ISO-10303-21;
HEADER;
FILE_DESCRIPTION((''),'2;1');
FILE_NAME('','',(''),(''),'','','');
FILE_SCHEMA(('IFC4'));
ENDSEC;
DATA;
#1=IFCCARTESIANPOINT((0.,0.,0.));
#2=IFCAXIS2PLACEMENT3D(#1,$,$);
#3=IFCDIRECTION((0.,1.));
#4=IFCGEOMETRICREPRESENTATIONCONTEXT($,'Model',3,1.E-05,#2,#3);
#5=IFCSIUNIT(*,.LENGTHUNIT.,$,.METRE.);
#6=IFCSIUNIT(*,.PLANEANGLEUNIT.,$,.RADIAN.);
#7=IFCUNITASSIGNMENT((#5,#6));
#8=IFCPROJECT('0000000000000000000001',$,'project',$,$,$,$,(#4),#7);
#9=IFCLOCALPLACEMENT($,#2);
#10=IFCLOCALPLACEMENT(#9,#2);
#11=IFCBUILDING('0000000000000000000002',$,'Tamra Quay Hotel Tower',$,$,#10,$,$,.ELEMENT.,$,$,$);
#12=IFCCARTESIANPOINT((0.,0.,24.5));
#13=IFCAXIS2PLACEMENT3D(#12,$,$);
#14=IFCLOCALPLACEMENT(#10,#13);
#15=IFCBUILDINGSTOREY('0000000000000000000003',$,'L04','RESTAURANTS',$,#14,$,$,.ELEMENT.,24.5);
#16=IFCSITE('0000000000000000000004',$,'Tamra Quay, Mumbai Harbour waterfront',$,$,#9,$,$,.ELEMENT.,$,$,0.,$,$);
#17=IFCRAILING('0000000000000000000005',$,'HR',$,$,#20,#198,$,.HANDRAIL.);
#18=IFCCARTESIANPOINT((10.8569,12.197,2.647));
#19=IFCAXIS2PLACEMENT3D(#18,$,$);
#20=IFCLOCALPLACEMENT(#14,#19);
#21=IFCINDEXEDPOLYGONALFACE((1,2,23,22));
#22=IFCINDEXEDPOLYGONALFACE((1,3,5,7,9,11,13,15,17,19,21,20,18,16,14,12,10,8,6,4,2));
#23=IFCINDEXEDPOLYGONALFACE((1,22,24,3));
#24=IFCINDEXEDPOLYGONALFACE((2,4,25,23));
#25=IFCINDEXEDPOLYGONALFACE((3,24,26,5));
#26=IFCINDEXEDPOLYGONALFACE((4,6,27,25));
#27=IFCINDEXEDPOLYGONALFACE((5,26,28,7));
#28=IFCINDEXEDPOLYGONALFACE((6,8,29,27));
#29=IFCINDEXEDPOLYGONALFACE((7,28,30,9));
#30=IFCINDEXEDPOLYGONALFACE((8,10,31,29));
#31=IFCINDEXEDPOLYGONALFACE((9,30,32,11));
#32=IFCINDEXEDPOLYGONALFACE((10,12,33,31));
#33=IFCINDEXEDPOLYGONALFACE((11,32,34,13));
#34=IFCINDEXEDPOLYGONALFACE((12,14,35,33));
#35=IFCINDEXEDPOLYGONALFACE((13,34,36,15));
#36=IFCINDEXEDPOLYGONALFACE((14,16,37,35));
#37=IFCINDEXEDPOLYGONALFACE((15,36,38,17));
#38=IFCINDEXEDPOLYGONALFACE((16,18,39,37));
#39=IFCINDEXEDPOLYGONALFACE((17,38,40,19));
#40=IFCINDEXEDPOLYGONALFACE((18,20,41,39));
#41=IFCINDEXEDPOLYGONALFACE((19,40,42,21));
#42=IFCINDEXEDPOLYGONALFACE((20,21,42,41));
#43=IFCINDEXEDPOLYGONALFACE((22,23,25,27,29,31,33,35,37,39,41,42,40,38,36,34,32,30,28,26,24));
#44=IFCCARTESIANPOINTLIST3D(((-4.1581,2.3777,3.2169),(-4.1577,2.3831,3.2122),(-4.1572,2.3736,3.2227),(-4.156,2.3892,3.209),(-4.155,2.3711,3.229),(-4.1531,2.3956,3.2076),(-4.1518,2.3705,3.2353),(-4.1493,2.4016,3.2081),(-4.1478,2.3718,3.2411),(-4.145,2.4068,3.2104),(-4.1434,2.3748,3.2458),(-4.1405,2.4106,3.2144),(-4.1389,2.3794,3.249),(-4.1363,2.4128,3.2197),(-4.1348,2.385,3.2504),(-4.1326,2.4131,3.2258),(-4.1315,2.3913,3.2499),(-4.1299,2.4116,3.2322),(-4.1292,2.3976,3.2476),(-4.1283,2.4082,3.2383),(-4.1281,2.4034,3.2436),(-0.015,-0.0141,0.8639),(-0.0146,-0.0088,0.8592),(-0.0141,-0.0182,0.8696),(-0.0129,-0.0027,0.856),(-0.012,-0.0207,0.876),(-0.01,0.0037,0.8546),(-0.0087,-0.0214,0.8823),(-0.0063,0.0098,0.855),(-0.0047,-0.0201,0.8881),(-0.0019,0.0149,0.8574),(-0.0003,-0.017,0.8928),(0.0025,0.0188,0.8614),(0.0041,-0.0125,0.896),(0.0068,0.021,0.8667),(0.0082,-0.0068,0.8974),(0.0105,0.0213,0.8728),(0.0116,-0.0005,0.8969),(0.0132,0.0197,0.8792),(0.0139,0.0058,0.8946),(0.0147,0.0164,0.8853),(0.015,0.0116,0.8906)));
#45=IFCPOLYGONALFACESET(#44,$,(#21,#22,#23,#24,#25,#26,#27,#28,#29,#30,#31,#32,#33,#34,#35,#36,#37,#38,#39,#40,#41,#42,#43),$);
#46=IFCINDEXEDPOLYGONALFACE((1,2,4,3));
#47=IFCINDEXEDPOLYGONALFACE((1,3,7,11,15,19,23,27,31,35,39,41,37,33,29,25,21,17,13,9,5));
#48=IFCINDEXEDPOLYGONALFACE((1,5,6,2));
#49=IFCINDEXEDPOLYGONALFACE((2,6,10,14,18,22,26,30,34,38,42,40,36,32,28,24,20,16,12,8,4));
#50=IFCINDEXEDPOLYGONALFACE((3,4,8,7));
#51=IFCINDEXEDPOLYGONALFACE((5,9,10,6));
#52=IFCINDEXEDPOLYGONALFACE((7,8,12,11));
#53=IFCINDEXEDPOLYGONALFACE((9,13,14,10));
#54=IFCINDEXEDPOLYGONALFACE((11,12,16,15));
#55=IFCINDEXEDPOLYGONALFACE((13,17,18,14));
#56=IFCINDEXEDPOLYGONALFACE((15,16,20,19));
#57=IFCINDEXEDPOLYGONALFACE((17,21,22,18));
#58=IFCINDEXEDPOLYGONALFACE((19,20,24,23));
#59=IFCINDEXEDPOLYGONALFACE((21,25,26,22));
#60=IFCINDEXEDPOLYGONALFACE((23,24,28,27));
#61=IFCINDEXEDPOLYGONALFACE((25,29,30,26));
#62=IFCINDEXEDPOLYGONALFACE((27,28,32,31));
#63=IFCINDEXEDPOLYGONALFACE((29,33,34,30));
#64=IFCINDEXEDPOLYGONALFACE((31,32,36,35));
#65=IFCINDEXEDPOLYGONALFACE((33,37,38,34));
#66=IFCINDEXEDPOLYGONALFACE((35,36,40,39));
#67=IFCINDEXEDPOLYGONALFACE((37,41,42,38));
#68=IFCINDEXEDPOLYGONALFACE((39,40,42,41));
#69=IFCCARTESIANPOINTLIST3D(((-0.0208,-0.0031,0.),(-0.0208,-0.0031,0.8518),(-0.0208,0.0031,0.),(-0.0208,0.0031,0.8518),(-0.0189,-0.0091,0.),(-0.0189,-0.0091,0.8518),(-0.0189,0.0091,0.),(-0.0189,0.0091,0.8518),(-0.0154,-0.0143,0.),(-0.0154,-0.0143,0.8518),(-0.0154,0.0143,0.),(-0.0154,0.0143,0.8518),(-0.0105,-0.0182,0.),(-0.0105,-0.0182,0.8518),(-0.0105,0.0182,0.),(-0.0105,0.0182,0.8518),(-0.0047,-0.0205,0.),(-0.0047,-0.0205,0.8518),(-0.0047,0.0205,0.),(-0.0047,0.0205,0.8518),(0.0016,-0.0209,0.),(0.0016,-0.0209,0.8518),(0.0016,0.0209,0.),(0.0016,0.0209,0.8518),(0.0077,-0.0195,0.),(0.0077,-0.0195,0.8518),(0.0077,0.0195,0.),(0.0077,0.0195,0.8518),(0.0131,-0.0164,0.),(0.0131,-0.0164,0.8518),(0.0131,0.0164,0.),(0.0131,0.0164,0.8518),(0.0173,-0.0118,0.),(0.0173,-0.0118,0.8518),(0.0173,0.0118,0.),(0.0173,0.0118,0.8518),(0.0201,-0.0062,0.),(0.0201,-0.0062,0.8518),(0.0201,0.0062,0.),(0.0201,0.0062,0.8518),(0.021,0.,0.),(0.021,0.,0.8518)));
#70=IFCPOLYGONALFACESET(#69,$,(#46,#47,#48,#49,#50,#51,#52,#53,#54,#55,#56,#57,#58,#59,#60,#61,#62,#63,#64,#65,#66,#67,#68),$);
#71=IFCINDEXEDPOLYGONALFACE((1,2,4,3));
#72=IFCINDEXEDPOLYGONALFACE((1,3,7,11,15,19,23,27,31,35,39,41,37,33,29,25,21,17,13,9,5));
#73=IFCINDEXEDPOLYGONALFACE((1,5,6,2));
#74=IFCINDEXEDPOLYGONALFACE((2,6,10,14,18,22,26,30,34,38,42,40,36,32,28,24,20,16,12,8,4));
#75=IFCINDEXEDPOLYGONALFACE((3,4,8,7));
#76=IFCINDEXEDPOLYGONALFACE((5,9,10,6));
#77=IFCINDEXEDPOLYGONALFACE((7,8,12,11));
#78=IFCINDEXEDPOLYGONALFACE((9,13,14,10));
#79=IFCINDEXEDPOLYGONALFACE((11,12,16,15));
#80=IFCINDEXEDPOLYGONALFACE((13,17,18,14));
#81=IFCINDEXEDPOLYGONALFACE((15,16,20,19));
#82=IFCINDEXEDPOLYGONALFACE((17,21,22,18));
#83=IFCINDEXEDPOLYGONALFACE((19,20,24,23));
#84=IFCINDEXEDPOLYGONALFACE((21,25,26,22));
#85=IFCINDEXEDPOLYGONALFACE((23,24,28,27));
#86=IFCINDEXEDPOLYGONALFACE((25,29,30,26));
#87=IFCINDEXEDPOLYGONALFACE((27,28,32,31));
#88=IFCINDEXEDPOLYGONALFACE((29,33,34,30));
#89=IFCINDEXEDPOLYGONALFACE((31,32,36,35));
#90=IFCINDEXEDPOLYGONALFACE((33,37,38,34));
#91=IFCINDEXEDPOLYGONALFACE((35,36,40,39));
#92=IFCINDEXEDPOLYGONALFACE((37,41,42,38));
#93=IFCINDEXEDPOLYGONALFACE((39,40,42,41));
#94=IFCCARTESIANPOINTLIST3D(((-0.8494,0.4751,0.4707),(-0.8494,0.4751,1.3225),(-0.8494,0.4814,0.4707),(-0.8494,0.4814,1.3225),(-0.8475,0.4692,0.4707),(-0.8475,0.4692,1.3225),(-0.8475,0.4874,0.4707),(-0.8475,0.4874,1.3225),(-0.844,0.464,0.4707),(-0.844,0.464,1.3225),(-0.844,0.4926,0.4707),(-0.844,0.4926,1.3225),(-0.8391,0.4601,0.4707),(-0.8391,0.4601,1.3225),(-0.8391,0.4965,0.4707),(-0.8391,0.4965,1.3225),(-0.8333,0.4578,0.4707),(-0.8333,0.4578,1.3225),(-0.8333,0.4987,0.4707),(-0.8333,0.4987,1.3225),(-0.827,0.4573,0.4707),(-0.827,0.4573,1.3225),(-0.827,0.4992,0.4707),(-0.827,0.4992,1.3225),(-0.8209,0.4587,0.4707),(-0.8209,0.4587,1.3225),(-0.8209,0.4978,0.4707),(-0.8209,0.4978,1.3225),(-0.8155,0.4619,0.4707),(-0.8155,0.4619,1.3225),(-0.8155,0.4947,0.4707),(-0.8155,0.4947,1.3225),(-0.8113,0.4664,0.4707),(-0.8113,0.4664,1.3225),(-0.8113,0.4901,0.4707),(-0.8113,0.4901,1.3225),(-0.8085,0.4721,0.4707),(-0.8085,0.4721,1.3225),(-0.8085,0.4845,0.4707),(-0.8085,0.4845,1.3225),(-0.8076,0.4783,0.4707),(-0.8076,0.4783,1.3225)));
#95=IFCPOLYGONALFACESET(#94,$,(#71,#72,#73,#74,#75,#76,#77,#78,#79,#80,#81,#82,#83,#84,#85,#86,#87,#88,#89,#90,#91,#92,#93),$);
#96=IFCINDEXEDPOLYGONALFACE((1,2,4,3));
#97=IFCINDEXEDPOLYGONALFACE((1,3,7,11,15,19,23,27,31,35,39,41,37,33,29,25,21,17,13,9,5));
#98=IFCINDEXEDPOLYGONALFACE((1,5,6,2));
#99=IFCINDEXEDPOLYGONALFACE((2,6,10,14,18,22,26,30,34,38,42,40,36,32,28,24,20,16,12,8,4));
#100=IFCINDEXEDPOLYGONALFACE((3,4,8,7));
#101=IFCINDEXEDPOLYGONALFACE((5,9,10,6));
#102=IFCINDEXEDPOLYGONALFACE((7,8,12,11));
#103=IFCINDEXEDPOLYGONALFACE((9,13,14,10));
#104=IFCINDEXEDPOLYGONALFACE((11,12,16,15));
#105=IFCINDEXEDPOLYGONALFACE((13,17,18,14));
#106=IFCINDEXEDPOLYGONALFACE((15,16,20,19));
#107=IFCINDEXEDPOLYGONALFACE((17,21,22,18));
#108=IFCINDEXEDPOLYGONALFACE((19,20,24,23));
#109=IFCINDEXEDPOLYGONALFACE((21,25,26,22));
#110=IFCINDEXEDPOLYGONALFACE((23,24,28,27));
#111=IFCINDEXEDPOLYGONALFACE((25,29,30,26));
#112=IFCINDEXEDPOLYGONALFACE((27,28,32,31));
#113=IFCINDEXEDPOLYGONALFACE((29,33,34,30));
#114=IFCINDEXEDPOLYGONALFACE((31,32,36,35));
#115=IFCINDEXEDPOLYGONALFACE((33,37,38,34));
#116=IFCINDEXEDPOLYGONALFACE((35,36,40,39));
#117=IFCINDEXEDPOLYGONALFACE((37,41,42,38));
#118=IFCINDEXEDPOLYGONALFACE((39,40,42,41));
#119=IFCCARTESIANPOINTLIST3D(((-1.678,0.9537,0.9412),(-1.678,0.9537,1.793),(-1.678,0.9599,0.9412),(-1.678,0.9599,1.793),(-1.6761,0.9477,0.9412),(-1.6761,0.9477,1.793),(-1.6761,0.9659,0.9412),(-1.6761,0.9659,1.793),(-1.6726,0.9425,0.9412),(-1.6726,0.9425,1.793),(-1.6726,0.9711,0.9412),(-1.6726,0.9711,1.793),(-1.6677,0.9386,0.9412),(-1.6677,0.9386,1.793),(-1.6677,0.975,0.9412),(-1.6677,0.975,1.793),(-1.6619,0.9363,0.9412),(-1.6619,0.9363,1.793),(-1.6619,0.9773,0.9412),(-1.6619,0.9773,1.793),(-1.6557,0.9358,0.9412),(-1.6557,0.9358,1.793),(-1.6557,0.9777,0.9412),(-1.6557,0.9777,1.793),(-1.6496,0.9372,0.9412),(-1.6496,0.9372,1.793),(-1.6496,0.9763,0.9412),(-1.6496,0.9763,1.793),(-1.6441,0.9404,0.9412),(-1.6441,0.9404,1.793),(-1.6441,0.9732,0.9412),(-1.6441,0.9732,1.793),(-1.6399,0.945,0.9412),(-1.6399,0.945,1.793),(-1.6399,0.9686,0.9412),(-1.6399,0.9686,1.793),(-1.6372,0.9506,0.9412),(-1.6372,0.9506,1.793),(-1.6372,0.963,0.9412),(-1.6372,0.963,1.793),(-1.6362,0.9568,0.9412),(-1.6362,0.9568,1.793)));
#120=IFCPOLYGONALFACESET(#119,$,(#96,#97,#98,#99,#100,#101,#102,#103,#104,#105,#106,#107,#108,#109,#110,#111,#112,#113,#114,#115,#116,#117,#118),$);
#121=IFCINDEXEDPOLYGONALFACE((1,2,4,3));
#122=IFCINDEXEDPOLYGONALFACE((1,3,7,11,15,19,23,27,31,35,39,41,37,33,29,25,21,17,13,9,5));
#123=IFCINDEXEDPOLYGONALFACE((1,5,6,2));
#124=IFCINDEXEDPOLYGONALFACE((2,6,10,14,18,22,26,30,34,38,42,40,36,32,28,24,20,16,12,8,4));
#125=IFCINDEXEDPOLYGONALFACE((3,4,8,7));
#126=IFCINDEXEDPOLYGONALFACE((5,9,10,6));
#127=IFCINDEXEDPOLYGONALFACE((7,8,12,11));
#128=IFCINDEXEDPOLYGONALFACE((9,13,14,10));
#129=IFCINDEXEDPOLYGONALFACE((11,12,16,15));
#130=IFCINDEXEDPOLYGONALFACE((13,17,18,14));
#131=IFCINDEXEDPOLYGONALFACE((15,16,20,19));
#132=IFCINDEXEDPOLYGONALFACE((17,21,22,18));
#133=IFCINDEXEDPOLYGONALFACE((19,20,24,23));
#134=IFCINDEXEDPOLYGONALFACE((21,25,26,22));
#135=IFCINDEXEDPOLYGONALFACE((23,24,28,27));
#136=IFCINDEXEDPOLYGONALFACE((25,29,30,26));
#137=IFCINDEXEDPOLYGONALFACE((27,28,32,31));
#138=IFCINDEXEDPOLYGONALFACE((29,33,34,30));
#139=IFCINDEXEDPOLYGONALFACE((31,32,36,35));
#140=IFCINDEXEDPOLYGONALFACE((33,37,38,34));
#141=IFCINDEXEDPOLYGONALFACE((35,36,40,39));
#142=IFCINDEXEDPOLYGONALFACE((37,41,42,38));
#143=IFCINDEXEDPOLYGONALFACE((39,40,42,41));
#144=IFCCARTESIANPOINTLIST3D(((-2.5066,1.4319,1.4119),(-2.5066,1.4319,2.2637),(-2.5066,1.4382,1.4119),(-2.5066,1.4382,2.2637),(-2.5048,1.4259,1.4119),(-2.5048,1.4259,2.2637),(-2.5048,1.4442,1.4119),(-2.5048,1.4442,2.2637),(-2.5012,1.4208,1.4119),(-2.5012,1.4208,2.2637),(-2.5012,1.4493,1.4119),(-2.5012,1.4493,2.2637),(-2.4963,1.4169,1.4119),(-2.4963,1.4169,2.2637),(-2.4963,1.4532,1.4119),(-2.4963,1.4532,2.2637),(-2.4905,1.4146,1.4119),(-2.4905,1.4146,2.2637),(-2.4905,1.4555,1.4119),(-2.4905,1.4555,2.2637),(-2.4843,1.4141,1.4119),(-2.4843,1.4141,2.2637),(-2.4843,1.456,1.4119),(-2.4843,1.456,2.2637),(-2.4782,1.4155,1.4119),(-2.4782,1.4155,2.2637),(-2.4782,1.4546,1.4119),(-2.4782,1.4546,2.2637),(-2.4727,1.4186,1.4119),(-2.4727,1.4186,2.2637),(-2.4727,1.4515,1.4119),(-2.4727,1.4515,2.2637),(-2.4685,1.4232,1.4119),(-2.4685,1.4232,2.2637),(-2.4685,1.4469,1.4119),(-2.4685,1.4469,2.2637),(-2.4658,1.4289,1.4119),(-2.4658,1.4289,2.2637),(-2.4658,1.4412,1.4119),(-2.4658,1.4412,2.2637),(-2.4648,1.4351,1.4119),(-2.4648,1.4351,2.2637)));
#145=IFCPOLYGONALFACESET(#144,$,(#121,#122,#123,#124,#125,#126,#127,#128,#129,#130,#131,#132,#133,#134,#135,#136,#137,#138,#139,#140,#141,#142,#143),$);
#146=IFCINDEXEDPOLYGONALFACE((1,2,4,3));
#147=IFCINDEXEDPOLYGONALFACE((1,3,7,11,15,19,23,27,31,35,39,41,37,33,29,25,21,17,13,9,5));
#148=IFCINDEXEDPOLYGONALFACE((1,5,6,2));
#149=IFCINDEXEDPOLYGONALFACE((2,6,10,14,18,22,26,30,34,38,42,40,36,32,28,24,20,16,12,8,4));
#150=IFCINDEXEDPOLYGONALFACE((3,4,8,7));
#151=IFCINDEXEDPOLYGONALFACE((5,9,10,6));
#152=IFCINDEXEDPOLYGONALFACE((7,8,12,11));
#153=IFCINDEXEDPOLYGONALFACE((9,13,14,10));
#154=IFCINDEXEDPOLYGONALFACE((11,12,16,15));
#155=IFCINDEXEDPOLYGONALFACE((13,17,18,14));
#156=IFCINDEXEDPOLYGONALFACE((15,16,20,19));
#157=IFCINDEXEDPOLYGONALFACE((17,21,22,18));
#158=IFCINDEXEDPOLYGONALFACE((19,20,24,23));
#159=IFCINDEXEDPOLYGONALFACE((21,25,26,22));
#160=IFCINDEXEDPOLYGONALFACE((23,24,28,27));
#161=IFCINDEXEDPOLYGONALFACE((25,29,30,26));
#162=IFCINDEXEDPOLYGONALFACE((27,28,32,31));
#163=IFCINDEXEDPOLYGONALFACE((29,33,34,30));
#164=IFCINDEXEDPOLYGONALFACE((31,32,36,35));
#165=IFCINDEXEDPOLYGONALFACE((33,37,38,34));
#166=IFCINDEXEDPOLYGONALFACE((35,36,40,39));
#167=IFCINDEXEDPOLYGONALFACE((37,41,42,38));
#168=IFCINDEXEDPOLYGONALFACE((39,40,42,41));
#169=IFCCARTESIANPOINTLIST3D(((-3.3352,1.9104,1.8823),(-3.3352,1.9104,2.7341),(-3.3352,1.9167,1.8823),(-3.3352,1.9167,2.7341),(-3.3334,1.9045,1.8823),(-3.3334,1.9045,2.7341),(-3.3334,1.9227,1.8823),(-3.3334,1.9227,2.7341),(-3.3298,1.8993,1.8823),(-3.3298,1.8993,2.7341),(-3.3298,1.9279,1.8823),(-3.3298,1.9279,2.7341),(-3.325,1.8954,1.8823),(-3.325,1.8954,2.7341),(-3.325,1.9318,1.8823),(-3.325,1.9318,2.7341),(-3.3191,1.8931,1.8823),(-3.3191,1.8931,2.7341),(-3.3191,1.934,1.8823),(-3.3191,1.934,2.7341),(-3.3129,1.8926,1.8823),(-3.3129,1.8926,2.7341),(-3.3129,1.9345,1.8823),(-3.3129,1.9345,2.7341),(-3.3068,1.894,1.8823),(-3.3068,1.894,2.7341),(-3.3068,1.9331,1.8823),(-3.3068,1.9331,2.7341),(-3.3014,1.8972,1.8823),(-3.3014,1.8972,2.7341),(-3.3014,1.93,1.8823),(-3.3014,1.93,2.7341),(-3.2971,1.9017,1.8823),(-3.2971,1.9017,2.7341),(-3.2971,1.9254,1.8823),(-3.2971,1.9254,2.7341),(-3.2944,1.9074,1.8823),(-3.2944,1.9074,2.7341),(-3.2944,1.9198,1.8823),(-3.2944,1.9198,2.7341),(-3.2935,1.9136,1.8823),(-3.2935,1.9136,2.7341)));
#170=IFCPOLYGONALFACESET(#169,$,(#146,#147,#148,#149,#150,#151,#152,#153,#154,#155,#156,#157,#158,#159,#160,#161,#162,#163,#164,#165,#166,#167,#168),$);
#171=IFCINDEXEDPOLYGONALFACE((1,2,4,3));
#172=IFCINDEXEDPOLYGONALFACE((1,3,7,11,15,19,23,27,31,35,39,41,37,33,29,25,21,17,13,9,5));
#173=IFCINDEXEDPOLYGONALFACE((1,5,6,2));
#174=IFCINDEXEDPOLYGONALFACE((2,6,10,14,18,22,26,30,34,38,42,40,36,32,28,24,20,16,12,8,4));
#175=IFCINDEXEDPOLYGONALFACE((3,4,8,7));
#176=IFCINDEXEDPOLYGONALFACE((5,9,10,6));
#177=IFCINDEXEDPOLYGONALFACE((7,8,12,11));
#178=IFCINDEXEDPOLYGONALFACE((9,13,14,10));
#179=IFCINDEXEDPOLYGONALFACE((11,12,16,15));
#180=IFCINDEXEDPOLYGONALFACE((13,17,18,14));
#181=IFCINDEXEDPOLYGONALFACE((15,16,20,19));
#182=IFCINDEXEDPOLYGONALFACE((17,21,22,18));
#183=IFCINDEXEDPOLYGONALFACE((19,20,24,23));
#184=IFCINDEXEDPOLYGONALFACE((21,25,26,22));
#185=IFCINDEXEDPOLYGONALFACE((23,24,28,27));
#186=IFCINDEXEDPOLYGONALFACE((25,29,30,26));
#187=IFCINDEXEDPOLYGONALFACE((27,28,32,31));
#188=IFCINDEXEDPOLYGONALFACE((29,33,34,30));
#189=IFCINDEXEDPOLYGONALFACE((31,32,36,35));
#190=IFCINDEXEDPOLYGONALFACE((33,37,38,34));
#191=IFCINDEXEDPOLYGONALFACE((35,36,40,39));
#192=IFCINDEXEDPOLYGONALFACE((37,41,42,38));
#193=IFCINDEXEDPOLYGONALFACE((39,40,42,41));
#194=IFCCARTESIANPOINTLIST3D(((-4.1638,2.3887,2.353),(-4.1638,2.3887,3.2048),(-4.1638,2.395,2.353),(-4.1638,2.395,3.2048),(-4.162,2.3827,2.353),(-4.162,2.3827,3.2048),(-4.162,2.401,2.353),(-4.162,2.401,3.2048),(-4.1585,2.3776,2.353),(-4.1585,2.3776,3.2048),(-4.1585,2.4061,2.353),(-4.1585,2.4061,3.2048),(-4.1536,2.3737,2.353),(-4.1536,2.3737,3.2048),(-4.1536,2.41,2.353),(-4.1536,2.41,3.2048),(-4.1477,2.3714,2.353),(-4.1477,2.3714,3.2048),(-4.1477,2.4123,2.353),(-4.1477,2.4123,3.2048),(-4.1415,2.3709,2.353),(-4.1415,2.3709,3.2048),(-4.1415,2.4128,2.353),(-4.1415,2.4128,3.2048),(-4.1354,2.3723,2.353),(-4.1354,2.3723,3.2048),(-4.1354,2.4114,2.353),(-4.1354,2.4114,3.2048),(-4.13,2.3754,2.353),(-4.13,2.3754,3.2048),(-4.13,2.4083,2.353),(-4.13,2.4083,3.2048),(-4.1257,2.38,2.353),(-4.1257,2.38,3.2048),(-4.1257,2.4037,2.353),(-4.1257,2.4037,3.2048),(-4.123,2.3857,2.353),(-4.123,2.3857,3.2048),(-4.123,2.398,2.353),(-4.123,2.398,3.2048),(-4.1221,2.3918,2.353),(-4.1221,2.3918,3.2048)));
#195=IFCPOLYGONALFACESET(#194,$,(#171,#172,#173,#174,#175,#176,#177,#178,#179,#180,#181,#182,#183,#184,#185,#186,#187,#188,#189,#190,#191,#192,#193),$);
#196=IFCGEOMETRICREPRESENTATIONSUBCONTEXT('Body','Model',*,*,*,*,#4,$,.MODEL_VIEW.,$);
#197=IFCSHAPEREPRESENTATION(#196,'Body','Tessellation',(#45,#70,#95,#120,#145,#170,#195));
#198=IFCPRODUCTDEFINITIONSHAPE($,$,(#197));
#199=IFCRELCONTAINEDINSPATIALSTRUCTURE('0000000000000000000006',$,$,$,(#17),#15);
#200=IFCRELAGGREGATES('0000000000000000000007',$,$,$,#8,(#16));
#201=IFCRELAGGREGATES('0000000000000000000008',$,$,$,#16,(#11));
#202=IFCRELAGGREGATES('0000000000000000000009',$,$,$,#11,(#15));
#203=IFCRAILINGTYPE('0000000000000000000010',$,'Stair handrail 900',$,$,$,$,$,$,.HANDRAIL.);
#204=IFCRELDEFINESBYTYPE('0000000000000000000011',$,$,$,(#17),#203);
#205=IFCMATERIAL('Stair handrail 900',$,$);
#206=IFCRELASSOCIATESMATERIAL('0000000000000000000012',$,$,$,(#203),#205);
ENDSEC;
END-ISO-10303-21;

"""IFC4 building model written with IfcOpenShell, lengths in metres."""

from ifc_helpers import new_model, si_unit, direction, frame, origin, origin_2d, place, context, subcontext, project, spatial, circle, extrude, material, type_object, element, save


model = new_model("IFC4")

# Units and contexts
model_context = context("Model", 3, precision=1e-05, world=origin(), true_north=direction((0.0, 1.0)))
body_context = subcontext(model_context, "Body", "Model", "MODEL_VIEW")
ifc_project = project(units=[si_unit("LENGTHUNIT", "METRE"), si_unit("PLANEANGLEUNIT", "RADIAN")], contexts=[model_context])

# Site, building, storey
site_placement = place(None, origin())
site = spatial("IfcSite", under=ifc_project, at=site_placement, Name="Tamra Quay, Mumbai Harbour waterfront", CompositionType="ELEMENT", RefElevation=0.0)
building_placement = place(site_placement, origin())
building = spatial("IfcBuilding", under=site, at=building_placement, Name="Tamra Quay Hotel Tower", CompositionType="ELEMENT")
storey_placement = place(building_placement, frame((0.0, 0.0, 24.5)))
storey = spatial("IfcBuildingStorey", under=building, at=storey_placement, Name="L04", Description="RESTAURANTS", CompositionType="ELEMENT", Elevation=24.5)

# Railing
ifc_material_1 = material(Name="Stair handrail 900")
railing_type_1 = type_object("IfcRailingType", Name="Stair handrail 900", PredefinedType="HANDRAIL", material=ifc_material_1)
railing_1_placement = place(storey_placement, frame((10.8569, 12.197, 2.647)))
element("IfcRailing", 1, at=railing_1_placement, inside=storey, type_object=railing_type_1, Name="HR", PredefinedType="HANDRAIL", context=body_context, shape_type="SweptSolid", body=[
    extrude(circle(Radius=0.0239, at=origin_2d()), frame((0.0, 0.0, 0.876), z_axis=(-0.777123, 0.448643, 0.441362), x_axis=(-0.499976, -0.866039, 0.0)), (0.0, 0.0, 1.0), 5.3313),
    extrude(circle(Radius=0.021, at=origin_2d()), origin(), (0.0, 0.0, 1.0), 0.8518),
    extrude(circle(Radius=0.021, at=origin_2d()), frame((-0.8286, 0.4783, 0.4707)), (0.0, 0.0, 1.0), 0.8518),
    extrude(circle(Radius=0.021, at=origin_2d()), frame((-1.6572, 0.9568, 0.9412)), (0.0, 0.0, 1.0), 0.8518),
    extrude(circle(Radius=0.021, at=origin_2d()), frame((-2.4858, 1.4351, 1.4119)), (0.0, 0.0, 1.0), 0.8518),
    extrude(circle(Radius=0.021, at=origin_2d()), frame((-3.3145, 1.9136, 1.8823)), (0.0, 0.0, 1.0), 0.8518),
    extrude(circle(Radius=0.021, at=origin_2d()), frame((-4.1431, 2.3918, 2.353)), (0.0, 0.0, 1.0), 0.8518),
])

save(model, "model.ifc")
